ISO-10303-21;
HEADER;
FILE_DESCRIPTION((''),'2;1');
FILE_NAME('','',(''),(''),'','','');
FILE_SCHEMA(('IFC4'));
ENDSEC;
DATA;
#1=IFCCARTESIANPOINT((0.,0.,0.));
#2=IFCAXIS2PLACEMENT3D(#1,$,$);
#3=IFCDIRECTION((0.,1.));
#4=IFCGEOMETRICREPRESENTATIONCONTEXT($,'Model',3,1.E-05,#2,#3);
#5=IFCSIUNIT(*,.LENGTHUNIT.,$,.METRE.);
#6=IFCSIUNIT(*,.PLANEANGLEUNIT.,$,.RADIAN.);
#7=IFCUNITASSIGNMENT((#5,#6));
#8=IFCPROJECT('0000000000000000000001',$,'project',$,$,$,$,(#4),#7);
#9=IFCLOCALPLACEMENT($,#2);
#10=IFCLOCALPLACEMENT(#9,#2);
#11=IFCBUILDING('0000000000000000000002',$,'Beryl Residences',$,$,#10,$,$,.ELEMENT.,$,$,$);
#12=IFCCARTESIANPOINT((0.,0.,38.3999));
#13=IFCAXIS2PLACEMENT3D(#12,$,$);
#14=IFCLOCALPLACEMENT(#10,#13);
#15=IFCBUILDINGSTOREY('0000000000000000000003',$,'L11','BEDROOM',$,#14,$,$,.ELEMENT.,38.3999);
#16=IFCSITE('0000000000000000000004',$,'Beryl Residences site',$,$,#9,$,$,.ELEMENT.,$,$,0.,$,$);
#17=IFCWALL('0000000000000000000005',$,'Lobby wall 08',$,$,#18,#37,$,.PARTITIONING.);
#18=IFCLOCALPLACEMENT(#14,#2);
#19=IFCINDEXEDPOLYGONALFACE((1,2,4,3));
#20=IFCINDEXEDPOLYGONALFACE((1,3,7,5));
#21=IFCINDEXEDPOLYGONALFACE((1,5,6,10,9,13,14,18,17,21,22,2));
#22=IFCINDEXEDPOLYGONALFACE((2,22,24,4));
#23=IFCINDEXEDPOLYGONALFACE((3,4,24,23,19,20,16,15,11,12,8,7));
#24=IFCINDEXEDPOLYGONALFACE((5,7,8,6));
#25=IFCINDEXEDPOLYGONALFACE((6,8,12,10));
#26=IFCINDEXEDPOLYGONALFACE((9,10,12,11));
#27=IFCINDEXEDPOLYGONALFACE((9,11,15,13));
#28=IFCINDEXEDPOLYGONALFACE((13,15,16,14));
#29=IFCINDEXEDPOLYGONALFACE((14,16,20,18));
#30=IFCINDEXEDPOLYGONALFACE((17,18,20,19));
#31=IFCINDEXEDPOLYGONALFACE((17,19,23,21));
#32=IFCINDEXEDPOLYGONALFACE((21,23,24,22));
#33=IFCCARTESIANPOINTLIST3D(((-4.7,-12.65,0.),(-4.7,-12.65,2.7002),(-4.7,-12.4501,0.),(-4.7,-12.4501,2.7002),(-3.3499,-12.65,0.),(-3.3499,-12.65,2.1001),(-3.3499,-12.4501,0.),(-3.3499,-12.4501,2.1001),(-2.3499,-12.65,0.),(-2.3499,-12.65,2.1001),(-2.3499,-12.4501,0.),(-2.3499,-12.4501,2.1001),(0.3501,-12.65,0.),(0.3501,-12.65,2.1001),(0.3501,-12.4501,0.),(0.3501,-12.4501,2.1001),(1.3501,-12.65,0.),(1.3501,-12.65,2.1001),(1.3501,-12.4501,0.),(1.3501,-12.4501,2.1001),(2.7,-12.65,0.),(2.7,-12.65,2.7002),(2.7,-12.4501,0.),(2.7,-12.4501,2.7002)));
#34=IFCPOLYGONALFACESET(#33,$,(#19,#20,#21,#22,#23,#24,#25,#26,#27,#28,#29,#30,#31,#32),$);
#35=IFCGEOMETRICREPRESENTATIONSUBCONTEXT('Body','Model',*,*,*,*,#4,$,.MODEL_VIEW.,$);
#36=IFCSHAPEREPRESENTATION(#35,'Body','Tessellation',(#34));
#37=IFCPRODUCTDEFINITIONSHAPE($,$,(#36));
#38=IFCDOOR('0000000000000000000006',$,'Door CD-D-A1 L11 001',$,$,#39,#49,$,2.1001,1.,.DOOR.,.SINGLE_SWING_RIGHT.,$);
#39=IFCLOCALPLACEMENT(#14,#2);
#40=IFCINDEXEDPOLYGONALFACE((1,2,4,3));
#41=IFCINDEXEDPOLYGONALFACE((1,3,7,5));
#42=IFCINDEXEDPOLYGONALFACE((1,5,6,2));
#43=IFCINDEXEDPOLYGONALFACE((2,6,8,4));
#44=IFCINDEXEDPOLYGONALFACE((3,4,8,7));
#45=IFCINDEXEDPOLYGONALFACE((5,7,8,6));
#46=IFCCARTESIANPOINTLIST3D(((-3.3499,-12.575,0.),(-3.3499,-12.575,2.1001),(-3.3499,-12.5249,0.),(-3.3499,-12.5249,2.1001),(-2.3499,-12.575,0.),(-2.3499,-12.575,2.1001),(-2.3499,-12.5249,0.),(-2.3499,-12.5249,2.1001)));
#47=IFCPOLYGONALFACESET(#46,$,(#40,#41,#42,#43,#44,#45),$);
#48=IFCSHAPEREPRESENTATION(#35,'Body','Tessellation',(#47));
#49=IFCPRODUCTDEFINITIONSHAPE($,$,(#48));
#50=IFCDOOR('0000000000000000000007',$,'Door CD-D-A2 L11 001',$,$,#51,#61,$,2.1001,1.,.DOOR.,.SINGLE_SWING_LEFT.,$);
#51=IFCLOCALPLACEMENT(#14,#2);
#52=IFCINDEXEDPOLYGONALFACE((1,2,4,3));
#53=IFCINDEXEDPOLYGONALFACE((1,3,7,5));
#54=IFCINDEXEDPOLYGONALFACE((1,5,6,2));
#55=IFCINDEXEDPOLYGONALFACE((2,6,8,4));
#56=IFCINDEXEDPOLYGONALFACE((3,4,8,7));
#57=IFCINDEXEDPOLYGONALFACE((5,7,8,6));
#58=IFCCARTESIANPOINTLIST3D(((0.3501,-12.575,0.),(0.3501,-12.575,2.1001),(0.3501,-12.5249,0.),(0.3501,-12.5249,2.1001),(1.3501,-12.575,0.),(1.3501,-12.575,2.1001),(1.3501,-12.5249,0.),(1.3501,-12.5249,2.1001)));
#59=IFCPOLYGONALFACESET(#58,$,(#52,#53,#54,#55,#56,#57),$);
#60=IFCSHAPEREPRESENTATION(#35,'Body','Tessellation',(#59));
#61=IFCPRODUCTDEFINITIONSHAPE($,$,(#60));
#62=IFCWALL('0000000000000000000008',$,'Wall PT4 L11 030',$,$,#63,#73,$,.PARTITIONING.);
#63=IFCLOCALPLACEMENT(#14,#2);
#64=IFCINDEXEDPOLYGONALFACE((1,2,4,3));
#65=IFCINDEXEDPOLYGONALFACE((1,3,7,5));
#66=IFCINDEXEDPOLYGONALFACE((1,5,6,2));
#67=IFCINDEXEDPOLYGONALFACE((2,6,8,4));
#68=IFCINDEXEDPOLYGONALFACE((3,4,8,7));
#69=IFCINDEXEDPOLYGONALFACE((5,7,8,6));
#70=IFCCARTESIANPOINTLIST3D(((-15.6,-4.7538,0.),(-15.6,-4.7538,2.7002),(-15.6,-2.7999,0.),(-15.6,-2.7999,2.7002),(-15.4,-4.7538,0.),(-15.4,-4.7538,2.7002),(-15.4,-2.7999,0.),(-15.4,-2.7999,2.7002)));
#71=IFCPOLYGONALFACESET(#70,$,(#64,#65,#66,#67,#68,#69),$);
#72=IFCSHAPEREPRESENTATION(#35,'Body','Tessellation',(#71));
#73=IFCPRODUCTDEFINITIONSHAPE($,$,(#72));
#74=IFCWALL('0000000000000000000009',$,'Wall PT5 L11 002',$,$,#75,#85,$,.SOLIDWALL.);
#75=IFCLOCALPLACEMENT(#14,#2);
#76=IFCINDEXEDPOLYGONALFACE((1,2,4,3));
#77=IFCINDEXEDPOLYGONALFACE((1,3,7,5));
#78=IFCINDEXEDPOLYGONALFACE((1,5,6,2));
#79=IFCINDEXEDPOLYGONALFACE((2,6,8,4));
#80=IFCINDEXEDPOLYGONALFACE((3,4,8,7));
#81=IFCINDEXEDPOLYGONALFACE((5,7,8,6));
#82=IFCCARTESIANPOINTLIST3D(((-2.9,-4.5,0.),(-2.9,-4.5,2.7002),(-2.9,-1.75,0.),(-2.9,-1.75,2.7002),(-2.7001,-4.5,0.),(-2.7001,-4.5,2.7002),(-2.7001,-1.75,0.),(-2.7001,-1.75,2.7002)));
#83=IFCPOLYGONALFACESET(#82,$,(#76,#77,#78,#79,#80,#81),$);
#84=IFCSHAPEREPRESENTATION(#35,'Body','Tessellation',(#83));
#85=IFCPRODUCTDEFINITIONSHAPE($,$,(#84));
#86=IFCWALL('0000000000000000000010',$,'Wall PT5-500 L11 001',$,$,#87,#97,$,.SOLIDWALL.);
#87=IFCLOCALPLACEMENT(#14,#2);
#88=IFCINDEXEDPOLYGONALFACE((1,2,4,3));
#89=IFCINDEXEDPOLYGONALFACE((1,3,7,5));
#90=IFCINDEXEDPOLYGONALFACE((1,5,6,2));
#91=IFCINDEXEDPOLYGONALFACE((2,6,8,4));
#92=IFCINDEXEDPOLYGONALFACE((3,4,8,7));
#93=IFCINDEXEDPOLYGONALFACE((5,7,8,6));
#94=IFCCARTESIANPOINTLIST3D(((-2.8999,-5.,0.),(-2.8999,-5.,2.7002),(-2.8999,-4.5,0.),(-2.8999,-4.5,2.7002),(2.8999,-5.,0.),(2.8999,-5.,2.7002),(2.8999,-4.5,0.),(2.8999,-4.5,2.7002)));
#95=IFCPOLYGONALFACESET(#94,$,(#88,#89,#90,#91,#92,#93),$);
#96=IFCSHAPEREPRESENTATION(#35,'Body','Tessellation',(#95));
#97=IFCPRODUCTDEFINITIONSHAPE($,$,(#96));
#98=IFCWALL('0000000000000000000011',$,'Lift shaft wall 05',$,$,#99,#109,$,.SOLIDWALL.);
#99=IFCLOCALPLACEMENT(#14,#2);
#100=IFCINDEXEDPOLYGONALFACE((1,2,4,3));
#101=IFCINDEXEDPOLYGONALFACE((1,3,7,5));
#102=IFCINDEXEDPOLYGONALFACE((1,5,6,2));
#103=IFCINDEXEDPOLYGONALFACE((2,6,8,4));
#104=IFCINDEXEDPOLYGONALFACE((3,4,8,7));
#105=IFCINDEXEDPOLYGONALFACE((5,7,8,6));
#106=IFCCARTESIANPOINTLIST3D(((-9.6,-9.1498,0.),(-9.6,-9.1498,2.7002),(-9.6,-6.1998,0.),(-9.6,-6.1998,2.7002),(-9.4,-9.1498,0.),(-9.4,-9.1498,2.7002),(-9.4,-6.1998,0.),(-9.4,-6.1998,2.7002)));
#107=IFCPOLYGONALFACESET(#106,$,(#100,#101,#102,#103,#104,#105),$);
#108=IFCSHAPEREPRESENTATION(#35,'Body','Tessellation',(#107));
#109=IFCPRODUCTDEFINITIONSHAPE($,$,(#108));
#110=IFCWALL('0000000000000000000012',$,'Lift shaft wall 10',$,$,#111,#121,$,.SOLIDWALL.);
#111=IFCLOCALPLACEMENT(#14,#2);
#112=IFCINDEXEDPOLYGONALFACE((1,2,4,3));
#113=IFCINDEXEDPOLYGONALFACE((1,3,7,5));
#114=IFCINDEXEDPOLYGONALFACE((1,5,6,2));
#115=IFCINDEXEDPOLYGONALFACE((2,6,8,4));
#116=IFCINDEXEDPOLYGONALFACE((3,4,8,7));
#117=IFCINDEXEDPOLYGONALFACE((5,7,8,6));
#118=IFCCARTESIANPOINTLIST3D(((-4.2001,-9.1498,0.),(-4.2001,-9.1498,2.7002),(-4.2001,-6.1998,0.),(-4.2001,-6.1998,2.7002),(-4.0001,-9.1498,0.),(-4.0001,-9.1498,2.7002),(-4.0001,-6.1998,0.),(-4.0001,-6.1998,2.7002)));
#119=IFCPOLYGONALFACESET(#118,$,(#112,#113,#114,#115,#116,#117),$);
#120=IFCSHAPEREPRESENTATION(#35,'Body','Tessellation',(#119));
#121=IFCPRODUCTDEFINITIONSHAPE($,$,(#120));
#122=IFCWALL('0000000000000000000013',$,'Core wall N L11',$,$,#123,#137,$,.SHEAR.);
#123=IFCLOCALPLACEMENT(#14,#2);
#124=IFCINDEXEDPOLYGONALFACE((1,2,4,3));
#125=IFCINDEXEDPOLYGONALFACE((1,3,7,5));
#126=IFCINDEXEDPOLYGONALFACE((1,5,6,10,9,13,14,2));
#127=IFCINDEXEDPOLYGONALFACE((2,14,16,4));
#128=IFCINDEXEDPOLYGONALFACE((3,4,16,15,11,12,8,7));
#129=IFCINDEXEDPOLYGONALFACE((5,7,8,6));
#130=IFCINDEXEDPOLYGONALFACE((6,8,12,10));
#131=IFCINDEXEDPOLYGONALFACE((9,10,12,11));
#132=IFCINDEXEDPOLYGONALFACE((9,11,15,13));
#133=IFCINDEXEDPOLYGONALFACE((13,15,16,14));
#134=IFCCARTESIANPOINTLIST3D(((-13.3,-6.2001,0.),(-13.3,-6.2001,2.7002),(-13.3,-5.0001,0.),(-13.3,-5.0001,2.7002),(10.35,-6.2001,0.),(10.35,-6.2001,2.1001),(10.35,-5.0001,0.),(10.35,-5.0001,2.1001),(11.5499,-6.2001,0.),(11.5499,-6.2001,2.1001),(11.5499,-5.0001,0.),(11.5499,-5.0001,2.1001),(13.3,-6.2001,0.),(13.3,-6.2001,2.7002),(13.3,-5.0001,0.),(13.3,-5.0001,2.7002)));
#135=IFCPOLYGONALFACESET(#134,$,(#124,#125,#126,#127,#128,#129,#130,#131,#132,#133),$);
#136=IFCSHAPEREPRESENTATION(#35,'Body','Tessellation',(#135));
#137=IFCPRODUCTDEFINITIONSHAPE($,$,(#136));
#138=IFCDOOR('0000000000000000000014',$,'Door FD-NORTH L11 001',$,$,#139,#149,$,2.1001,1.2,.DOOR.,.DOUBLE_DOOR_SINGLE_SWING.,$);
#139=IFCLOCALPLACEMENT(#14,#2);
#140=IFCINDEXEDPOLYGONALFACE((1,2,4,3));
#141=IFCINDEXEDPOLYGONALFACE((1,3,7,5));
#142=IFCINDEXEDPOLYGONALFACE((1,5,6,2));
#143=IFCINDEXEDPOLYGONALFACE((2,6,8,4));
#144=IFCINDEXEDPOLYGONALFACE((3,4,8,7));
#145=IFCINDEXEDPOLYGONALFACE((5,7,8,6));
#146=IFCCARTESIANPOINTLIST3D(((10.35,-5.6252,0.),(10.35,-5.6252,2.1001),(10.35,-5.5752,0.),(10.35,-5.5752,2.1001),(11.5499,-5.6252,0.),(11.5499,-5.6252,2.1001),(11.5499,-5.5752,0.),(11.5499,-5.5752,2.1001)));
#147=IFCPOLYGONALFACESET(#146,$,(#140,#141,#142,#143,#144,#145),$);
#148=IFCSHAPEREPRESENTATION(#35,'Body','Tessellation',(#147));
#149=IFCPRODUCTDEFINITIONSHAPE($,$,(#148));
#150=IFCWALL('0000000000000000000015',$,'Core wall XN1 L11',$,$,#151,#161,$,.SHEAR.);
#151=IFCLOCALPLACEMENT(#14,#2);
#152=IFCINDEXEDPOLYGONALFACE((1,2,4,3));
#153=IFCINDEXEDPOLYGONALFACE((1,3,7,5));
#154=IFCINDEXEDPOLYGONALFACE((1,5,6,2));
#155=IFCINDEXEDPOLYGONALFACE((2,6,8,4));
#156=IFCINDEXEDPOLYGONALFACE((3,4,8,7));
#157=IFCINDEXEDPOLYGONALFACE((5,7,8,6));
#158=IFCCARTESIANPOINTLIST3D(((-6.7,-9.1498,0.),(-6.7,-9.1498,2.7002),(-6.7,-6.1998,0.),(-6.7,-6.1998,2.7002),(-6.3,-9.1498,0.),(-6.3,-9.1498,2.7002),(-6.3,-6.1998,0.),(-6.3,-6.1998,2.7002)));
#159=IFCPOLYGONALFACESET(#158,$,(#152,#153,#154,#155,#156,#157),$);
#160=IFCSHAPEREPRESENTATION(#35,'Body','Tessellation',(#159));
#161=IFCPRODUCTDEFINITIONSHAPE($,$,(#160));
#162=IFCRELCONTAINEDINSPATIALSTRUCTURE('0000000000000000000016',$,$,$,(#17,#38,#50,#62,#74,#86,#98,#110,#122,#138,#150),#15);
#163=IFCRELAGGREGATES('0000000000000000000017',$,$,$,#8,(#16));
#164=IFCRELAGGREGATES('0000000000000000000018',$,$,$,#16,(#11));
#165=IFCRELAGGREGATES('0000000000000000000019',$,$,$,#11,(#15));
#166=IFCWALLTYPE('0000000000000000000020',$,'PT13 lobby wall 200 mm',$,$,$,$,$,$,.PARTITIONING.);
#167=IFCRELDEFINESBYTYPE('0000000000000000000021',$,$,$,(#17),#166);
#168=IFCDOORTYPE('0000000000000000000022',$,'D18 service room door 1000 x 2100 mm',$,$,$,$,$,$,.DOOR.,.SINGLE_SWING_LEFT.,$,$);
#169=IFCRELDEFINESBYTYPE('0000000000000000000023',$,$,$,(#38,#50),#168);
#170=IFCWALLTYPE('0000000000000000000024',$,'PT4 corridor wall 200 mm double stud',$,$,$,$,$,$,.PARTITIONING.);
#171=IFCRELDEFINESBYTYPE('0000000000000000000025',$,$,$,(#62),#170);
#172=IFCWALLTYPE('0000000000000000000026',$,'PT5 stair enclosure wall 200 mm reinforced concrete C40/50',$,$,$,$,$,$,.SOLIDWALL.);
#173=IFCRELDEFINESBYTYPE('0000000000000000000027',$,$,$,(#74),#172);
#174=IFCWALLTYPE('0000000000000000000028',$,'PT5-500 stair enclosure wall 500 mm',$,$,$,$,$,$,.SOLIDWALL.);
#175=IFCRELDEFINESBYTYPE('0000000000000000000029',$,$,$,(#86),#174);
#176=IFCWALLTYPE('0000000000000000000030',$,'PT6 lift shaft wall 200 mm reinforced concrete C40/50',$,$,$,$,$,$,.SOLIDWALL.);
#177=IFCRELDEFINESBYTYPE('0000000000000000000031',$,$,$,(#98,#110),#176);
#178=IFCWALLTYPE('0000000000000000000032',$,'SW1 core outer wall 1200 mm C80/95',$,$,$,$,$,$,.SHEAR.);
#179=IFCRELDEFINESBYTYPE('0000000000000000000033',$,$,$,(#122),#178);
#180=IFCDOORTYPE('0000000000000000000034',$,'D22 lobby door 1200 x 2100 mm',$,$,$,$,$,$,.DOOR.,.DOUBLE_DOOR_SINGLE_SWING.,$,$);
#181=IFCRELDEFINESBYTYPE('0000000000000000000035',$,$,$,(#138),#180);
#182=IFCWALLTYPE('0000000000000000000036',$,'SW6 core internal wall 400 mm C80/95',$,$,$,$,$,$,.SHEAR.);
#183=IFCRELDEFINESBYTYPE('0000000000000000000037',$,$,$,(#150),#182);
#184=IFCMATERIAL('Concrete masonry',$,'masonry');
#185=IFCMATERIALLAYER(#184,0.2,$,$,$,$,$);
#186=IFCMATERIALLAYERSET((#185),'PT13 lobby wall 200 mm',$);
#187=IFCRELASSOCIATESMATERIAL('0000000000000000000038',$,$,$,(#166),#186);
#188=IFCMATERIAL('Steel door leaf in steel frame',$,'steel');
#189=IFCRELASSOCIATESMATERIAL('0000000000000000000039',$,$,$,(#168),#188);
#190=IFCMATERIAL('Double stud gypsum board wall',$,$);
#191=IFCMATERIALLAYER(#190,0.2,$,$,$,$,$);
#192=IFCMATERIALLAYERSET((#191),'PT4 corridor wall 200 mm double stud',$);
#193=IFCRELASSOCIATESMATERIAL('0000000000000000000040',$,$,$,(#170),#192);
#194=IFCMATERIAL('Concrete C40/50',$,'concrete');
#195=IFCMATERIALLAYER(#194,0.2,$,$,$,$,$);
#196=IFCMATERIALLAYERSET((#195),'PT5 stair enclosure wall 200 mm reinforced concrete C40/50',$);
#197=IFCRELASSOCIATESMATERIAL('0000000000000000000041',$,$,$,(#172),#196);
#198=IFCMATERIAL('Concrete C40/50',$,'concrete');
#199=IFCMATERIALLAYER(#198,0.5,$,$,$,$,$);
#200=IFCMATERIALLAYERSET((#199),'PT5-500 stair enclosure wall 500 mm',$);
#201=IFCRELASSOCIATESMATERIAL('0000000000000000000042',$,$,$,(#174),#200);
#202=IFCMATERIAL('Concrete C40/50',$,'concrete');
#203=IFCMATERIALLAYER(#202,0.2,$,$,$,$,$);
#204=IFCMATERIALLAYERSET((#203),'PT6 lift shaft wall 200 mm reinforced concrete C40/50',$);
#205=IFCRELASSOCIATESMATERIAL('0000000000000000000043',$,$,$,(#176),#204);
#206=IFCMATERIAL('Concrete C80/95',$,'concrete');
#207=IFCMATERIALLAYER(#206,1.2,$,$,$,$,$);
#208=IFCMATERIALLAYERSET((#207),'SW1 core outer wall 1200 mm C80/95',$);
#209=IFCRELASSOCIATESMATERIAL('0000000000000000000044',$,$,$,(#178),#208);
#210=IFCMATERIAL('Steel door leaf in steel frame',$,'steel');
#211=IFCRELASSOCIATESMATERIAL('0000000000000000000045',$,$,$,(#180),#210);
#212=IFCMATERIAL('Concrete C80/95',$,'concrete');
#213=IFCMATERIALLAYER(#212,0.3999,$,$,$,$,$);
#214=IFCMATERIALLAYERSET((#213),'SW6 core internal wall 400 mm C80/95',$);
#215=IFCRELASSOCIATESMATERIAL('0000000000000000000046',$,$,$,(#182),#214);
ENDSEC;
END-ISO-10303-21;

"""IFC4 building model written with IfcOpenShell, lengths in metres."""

from ifc_helpers import new_model, si_unit, direction, frame, frame_2d, origin, place, context, subcontext, project, spatial, rectangle, extrude, material, layer, layer_set, type_object, element, fill, save


model = new_model("IFC4")

# Units and contexts
model_context = context("Model", 3, precision=1e-05, world=origin(), true_north=direction((0.0, 1.0)))
body_context = subcontext(model_context, "Body", "Model", "MODEL_VIEW")
ifc_project = project(units=[si_unit("LENGTHUNIT", "METRE"), si_unit("PLANEANGLEUNIT", "RADIAN")], contexts=[model_context])

# Site, building, storey
site_placement = place(None, origin())
site = spatial("IfcSite", under=ifc_project, at=site_placement, Name="Beryl Residences site", CompositionType="ELEMENT", RefElevation=0.0)
building_placement = place(site_placement, origin())
building = spatial("IfcBuilding", under=site, at=building_placement, Name="Beryl Residences", CompositionType="ELEMENT")
storey_placement = place(building_placement, frame((0.0, 0.0, 38.3999)))
storey = spatial("IfcBuildingStorey", under=building, at=storey_placement, Name="L11", Description="BEDROOM", CompositionType="ELEMENT", Elevation=38.3999)

# Wall, openings, doors
ifc_material_1 = material(Name="Concrete masonry", Category="masonry")
ifc_layer_1 = layer(ifc_material_1, 0.2)
ifc_layer_set_1 = layer_set([ifc_layer_1], Name="PT13 lobby wall 200 mm")
wall_type_1 = type_object("IfcWallType", Name="PT13 lobby wall 200 mm", PredefinedType="PARTITIONING", material=ifc_layer_set_1)
wall_1_placement = place(storey_placement, frame((-4.7, -12.55, 0.0), z_axis=(0.0, 0.0, 1.0), x_axis=(1.0, 0.0, 0.0)))
wall_1 = element("IfcWall", 1, at=wall_1_placement, inside=storey, type_object=wall_type_1, Name="Lobby wall 08", PredefinedType="PARTITIONING", context=body_context, shape_type="SweptSolid", body=[
    extrude(rectangle(XDim=7.3999, YDim=0.2, at=frame_2d((3.7, 0.0))), origin(), (0.0, 0.0, 1.0), 2.7002),
])
opening_1_placement = place(wall_1_placement, frame((2.3501, 0.0, 0.0), z_axis=(0.0, 0.0, 1.0), x_axis=(-1.0, 0.0, 0.0)))
opening_1 = element("IfcOpeningElement", 2, at=opening_1_placement, cuts=wall_1, PredefinedType="OPENING", context=body_context, shape_type="SweptSolid", body=[
    extrude(rectangle(XDim=1.0, YDim=2.1001, at=frame_2d((0.5, 1.05))), frame((0.0, 0.1099, 0.0), z_axis=(0.0, -1.0, 0.0), x_axis=(1.0, 0.0, 0.0)), (0.0, 0.0, 1.0), 0.22),
])
opening_2_placement = place(wall_1_placement, frame((6.05, 0.0, 0.0), z_axis=(0.0, 0.0, 1.0), x_axis=(-1.0, 0.0, 0.0)))
opening_2 = element("IfcOpeningElement", 3, at=opening_2_placement, cuts=wall_1, PredefinedType="OPENING", context=body_context, shape_type="SweptSolid", body=[
    extrude(rectangle(XDim=1.0, YDim=2.1001, at=frame_2d((0.5, 1.05))), frame((0.0, 0.1099, 0.0), z_axis=(0.0, -1.0, 0.0), x_axis=(1.0, 0.0, 0.0)), (0.0, 0.0, 1.0), 0.22),
])
ifc_material_2 = material(Name="Steel door leaf in steel frame", Category="steel")
door_type_1 = type_object("IfcDoorType", Name="D18 service room door 1000 x 2100 mm", OperationType="SINGLE_SWING_LEFT", PredefinedType="DOOR", material=ifc_material_2)
door_1_placement = place(opening_1_placement, origin())
door_1 = element("IfcDoor", 4, at=door_1_placement, inside=storey, type_object=door_type_1, Name="Door CD-D-A1 L11 001", OperationType="SINGLE_SWING_RIGHT", OverallHeight=2.1001, OverallWidth=1.0, PredefinedType="DOOR", context=body_context, shape_type="SweptSolid", body=[
    extrude(rectangle(XDim=1.0, YDim=2.1001, at=frame_2d((0.5, 1.05))), frame((0.0, 0.0249, 0.0), z_axis=(0.0, -1.0, 0.0), x_axis=(1.0, 0.0, 0.0)), (0.0, 0.0, 1.0), 0.05),
])
fill(opening_1, door_1)
door_2_placement = place(opening_2_placement, origin())
door_2 = element("IfcDoor", 5, at=door_2_placement, inside=storey, type_object=door_type_1, Name="Door CD-D-A2 L11 001", OperationType="SINGLE_SWING_LEFT", OverallHeight=2.1001, OverallWidth=1.0, PredefinedType="DOOR", context=body_context, shape_type="SweptSolid", body=[
    extrude(rectangle(XDim=1.0, YDim=2.1001, at=frame_2d((0.5, 1.05))), frame((0.0, 0.0249, 0.0), z_axis=(0.0, -1.0, 0.0), x_axis=(1.0, 0.0, 0.0)), (0.0, 0.0, 1.0), 0.05),
])
fill(opening_2, door_2)

# Walls
ifc_material_3 = material(Name="Double stud gypsum board wall")
ifc_layer_2 = layer(ifc_material_3, 0.2)
ifc_layer_set_2 = layer_set([ifc_layer_2], Name="PT4 corridor wall 200 mm double stud")
wall_type_2 = type_object("IfcWallType", Name="PT4 corridor wall 200 mm double stud", PredefinedType="PARTITIONING", material=ifc_layer_set_2)
wall_2_placement = place(storey_placement, frame((-15.5, -4.7539, 0.0), z_axis=(0.0, 0.0, 1.0), x_axis=(0.0, 1.0, 0.0)))
element("IfcWall", 6, at=wall_2_placement, inside=storey, type_object=wall_type_2, Name="Wall PT4 L11 030", PredefinedType="PARTITIONING", context=body_context, shape_type="SweptSolid", body=[
    extrude(rectangle(XDim=1.9539, YDim=0.2, at=frame_2d((0.9771, 0.0))), origin(), (0.0, 0.0, 1.0), 2.7002),
])
ifc_material_4 = material(Name="Concrete C40/50", Category="concrete")
ifc_layer_3 = layer(ifc_material_4, 0.2)
ifc_layer_set_3 = layer_set([ifc_layer_3], Name="PT5 stair enclosure wall 200 mm reinforced concrete C40/50")
wall_type_3 = type_object("IfcWallType", Name="PT5 stair enclosure wall 200 mm reinforced concrete C40/50", PredefinedType="SOLIDWALL", material=ifc_layer_set_3)
wall_3_placement = place(storey_placement, frame((-2.8, -4.5, 0.0), z_axis=(0.0, 0.0, 1.0), x_axis=(0.0, 1.0, 0.0)))
element("IfcWall", 7, at=wall_3_placement, inside=storey, type_object=wall_type_3, Name="Wall PT5 L11 002", PredefinedType="SOLIDWALL", context=body_context, shape_type="SweptSolid", body=[
    extrude(rectangle(XDim=2.75, YDim=0.2, at=frame_2d((1.375, 0.0))), origin(), (0.0, 0.0, 1.0), 2.7002),
])
ifc_material_5 = material(Name="Concrete C40/50", Category="concrete")
ifc_layer_4 = layer(ifc_material_5, 0.5)
ifc_layer_set_4 = layer_set([ifc_layer_4], Name="PT5-500 stair enclosure wall 500 mm")
wall_type_4 = type_object("IfcWallType", Name="PT5-500 stair enclosure wall 500 mm", PredefinedType="SOLIDWALL", material=ifc_layer_set_4)
wall_4_placement = place(storey_placement, frame((-2.8999, -4.75, 0.0), z_axis=(0.0, 0.0, 1.0), x_axis=(1.0, 0.0, 0.0)))
element("IfcWall", 8, at=wall_4_placement, inside=storey, type_object=wall_type_4, Name="Wall PT5-500 L11 001", PredefinedType="SOLIDWALL", context=body_context, shape_type="SweptSolid", body=[
    extrude(rectangle(XDim=5.7998, YDim=0.5, at=frame_2d((2.8999, 0.0))), origin(), (0.0, 0.0, 1.0), 2.7002),
])
ifc_material_6 = material(Name="Concrete C40/50", Category="concrete")
ifc_layer_5 = layer(ifc_material_6, 0.2)
ifc_layer_set_5 = layer_set([ifc_layer_5], Name="PT6 lift shaft wall 200 mm reinforced concrete C40/50")
wall_type_5 = type_object("IfcWallType", Name="PT6 lift shaft wall 200 mm reinforced concrete C40/50", PredefinedType="SOLIDWALL", material=ifc_layer_set_5)
for number, where, z_axis, x_axis, name in (
    (9, (-9.5, -9.1499, 0.0), (0.0, 0.0, 1.0), (0.0, 1.0, 0.0), "Lift shaft wall 05"),
    (10, (-4.1001, -9.1499, 0.0), (0.0, 0.0, 1.0), (0.0, 1.0, 0.0), "Lift shaft wall 10"),
):
    element("IfcWall", number, at=place(storey_placement, frame(where, z_axis=z_axis, x_axis=x_axis)), inside=storey, type_object=wall_type_5, Name=name, PredefinedType="SOLIDWALL", context=body_context, shape_type="SweptSolid", body=[
        extrude(rectangle(XDim=2.95, YDim=0.2, at=frame_2d((1.4751, 0.0))), origin(), (0.0, 0.0, 1.0), 2.7002),
    ])

# Wall, opening, door
ifc_material_7 = material(Name="Concrete C80/95", Category="concrete")
ifc_layer_6 = layer(ifc_material_7, 1.2)
ifc_layer_set_6 = layer_set([ifc_layer_6], Name="SW1 core outer wall 1200 mm C80/95")
wall_type_6 = type_object("IfcWallType", Name="SW1 core outer wall 1200 mm C80/95", PredefinedType="SHEAR", material=ifc_layer_set_6)
wall_5_placement = place(storey_placement, frame((-13.3, -5.6001, 0.0), z_axis=(0.0, 0.0, 1.0), x_axis=(1.0, 0.0, 0.0)))
wall_5 = element("IfcWall", 11, at=wall_5_placement, inside=storey, type_object=wall_type_6, Name="Core wall N L11", PredefinedType="SHEAR", context=body_context, shape_type="SweptSolid", body=[
    extrude(rectangle(XDim=26.6001, YDim=1.2, at=frame_2d((13.3, 0.0))), origin(), (0.0, 0.0, 1.0), 2.7002),
])
opening_3_placement = place(wall_5_placement, frame((23.6499, 0.0, 0.0)))
opening_3 = element("IfcOpeningElement", 12, at=opening_3_placement, cuts=wall_5, PredefinedType="OPENING", context=body_context, shape_type="SweptSolid", body=[
    extrude(rectangle(XDim=1.2, YDim=2.1001, at=frame_2d((0.6001, 1.05))), frame((0.0, 0.6099, 0.0), z_axis=(0.0, -1.0, 0.0), x_axis=(1.0, 0.0, 0.0)), (0.0, 0.0, 1.0), 1.22),
])
ifc_material_8 = material(Name="Steel door leaf in steel frame", Category="steel")
door_type_2 = type_object("IfcDoorType", Name="D22 lobby door 1200 x 2100 mm", OperationType="DOUBLE_DOOR_SINGLE_SWING", PredefinedType="DOOR", material=ifc_material_8)
door_3_placement = place(opening_3_placement, origin())
door_3 = element("IfcDoor", 13, at=door_3_placement, inside=storey, type_object=door_type_2, Name="Door FD-NORTH L11 001", OperationType="DOUBLE_DOOR_SINGLE_SWING", OverallHeight=2.1001, OverallWidth=1.2, PredefinedType="DOOR", context=body_context, shape_type="SweptSolid", body=[
    extrude(rectangle(XDim=1.2, YDim=2.1001, at=frame_2d((0.6001, 1.05))), frame((0.0, 0.0249, 0.0), z_axis=(0.0, -1.0, 0.0), x_axis=(1.0, 0.0, 0.0)), (0.0, 0.0, 1.0), 0.05),
])
fill(opening_3, door_3)

# Shared definitions
ifc_material_9 = material(Name="Concrete C80/95", Category="concrete")
ifc_layer_7 = layer(ifc_material_9, 0.3999)
ifc_layer_set_7 = layer_set([ifc_layer_7], Name="SW6 core internal wall 400 mm C80/95")
wall_type_7 = type_object("IfcWallType", Name="SW6 core internal wall 400 mm C80/95", PredefinedType="SHEAR", material=ifc_layer_set_7)

# Wall
wall_6_placement = place(storey_placement, frame((-6.5, -9.1499, 0.0), z_axis=(0.0, 0.0, 1.0), x_axis=(0.0, 1.0, 0.0)))
element("IfcWall", 14, at=wall_6_placement, inside=storey, type_object=wall_type_7, Name="Core wall XN1 L11", PredefinedType="SHEAR", context=body_context, shape_type="SweptSolid", body=[
    extrude(rectangle(XDim=2.95, YDim=0.3999, at=frame_2d((1.4751, 0.0))), origin(), (0.0, 0.0, 1.0), 2.7002),
])

save(model, "model.ifc")
